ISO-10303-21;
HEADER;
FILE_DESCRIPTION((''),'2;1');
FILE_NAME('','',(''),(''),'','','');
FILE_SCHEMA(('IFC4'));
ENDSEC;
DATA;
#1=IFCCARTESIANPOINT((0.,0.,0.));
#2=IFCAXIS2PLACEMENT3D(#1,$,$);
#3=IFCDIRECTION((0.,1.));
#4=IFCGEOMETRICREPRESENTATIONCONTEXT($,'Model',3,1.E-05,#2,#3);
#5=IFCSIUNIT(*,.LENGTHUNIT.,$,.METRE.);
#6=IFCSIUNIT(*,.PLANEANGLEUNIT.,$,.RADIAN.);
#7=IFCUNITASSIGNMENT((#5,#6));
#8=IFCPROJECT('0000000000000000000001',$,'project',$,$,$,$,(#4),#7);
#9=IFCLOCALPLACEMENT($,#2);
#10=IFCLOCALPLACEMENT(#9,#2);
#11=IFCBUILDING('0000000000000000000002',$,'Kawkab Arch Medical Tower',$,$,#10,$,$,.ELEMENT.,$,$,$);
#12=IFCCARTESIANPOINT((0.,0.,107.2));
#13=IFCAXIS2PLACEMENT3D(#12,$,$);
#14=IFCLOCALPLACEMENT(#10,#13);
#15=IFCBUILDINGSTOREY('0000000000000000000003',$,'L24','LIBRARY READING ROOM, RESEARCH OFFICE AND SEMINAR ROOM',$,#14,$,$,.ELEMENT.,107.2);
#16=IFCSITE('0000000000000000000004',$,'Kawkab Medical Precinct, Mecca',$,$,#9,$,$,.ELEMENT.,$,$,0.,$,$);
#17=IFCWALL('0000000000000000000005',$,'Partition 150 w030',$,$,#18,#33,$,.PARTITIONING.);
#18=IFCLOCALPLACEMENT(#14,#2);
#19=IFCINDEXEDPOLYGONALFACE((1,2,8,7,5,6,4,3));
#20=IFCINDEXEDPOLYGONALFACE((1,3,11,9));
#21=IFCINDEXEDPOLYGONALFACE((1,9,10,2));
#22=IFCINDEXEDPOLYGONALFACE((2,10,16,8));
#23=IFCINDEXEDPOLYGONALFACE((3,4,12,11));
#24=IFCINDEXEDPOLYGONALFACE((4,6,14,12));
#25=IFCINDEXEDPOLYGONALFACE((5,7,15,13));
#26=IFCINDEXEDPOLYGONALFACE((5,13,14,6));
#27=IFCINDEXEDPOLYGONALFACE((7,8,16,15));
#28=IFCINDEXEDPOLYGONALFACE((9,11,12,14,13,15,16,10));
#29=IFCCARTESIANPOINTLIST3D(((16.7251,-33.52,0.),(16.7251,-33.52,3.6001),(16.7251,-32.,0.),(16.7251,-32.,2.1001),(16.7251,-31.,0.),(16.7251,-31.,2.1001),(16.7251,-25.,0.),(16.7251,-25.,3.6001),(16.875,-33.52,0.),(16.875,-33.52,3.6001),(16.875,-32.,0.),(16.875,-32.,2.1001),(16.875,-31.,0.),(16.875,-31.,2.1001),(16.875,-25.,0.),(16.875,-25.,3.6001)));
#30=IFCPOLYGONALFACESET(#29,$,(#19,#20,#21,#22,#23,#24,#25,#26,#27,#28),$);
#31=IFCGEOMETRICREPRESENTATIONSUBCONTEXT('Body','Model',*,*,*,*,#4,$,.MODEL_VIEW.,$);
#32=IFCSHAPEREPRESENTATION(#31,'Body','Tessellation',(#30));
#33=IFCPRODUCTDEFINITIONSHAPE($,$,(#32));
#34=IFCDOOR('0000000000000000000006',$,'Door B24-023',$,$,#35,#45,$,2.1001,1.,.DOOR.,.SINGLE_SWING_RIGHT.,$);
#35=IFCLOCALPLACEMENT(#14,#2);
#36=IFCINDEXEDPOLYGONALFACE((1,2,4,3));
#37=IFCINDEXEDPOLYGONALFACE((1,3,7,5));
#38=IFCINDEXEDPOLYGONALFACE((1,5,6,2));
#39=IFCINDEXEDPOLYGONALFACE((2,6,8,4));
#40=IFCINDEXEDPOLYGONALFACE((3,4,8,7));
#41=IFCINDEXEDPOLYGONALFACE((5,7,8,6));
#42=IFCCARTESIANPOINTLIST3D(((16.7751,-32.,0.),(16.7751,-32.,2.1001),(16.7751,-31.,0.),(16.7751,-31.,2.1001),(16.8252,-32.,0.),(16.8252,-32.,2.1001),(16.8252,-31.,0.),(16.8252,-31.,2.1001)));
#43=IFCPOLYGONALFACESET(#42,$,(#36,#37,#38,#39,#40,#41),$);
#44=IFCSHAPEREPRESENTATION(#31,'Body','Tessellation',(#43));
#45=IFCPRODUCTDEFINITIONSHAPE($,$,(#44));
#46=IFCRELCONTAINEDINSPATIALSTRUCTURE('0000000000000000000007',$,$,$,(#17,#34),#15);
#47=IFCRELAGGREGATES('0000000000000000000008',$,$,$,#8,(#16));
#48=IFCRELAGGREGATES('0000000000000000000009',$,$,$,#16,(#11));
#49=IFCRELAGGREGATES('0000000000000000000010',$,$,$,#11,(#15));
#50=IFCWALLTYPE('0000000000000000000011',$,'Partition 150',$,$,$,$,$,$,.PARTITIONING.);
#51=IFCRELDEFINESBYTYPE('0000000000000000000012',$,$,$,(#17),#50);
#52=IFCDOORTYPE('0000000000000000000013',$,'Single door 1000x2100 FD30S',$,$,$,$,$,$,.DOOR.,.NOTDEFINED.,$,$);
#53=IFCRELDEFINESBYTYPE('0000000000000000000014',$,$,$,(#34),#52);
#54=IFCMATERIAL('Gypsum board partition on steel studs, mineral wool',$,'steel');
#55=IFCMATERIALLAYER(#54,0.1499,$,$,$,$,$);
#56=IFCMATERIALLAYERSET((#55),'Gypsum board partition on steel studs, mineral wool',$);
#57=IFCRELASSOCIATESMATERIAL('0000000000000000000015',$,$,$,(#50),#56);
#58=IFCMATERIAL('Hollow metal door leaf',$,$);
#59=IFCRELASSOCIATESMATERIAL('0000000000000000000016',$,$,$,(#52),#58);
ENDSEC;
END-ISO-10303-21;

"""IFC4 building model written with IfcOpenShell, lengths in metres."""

from ifc_helpers import new_model, si_unit, direction, frame, frame_2d, origin, place, context, subcontext, project, spatial, rectangle, extrude, material, layer, layer_set, type_object, element, fill, save


model = new_model("IFC4")

# Units and contexts
model_context = context("Model", 3, precision=1e-05, world=origin(), true_north=direction((0.0, 1.0)))
body_context = subcontext(model_context, "Body", "Model", "MODEL_VIEW")
ifc_project = project(units=[si_unit("LENGTHUNIT", "METRE"), si_unit("PLANEANGLEUNIT", "RADIAN")], contexts=[model_context])

# Site, building, storey
site_placement = place(None, origin())
site = spatial("IfcSite", under=ifc_project, at=site_placement, Name="Kawkab Medical Precinct, Mecca", CompositionType="ELEMENT", RefElevation=0.0)
building_placement = place(site_placement, origin())
building = spatial("IfcBuilding", under=site, at=building_placement, Name="Kawkab Arch Medical Tower", CompositionType="ELEMENT")
storey_placement = place(building_placement, frame((0.0, 0.0, 107.2)))
storey = spatial("IfcBuildingStorey", under=building, at=storey_placement, Name="L24", Description="LIBRARY READING ROOM, RESEARCH OFFICE AND SEMINAR ROOM", CompositionType="ELEMENT", Elevation=107.2)

# Shared definitions
ifc_material_1 = material(Name="Gypsum board partition on steel studs, mineral wool", Category="steel")
ifc_layer_1 = layer(ifc_material_1, 0.1499)
ifc_layer_set_1 = layer_set([ifc_layer_1], Name="Gypsum board partition on steel studs, mineral wool")
wall_type_1 = type_object("IfcWallType", Name="Partition 150", PredefinedType="PARTITIONING", material=ifc_layer_set_1)
ifc_material_2 = material(Name="Hollow metal door leaf")
door_type_1 = type_object("IfcDoorType", Name="Single door 1000x2100 FD30S", OperationType="NOTDEFINED", PredefinedType="DOOR", material=ifc_material_2)

# Wall, opening, door
wall_1_placement = place(storey_placement, frame((16.8, -33.52, 0.0), z_axis=(0.0, 0.0, 1.0), x_axis=(0.0, 1.0, 0.0)))
wall_1 = element("IfcWall", 1, at=wall_1_placement, inside=storey, type_object=wall_type_1, Name="Partition 150 w030", PredefinedType="PARTITIONING", context=body_context, shape_type="SweptSolid", body=[
    extrude(rectangle(XDim=8.52, YDim=0.1499, at=frame_2d((4.26, 0.0))), origin(), (0.0, 0.0, 1.0), 3.6001),
])
opening_1_placement = place(wall_1_placement, frame((1.52, 0.0, 0.0)))
opening_1 = element("IfcOpeningElement", 2, at=opening_1_placement, cuts=wall_1, PredefinedType="OPENING", context=body_context, shape_type="SweptSolid", body=[
    extrude(rectangle(XDim=1.0, YDim=2.1001, at=frame_2d((0.5, 1.05))), frame((0.0, 0.085, 0.0), z_axis=(0.0, -1.0, 0.0), x_axis=(1.0, 0.0, 0.0)), (0.0, 0.0, 1.0), 0.1699),
])
door_1_placement = place(opening_1_placement, origin())
door_1 = element("IfcDoor", 3, at=door_1_placement, inside=storey, type_object=door_type_1, Name="Door B24-023", OperationType="SINGLE_SWING_RIGHT", OverallHeight=2.1001, OverallWidth=1.0, PredefinedType="DOOR", context=body_context, shape_type="SweptSolid", body=[
    extrude(rectangle(XDim=1.0, YDim=2.1001, at=frame_2d((0.5, 1.05))), frame((0.0, 0.0249, 0.0), z_axis=(0.0, -1.0, 0.0), x_axis=(1.0, 0.0, 0.0)), (0.0, 0.0, 1.0), 0.05),
])
fill(opening_1, door_1)

save(model, "model.ifc")
